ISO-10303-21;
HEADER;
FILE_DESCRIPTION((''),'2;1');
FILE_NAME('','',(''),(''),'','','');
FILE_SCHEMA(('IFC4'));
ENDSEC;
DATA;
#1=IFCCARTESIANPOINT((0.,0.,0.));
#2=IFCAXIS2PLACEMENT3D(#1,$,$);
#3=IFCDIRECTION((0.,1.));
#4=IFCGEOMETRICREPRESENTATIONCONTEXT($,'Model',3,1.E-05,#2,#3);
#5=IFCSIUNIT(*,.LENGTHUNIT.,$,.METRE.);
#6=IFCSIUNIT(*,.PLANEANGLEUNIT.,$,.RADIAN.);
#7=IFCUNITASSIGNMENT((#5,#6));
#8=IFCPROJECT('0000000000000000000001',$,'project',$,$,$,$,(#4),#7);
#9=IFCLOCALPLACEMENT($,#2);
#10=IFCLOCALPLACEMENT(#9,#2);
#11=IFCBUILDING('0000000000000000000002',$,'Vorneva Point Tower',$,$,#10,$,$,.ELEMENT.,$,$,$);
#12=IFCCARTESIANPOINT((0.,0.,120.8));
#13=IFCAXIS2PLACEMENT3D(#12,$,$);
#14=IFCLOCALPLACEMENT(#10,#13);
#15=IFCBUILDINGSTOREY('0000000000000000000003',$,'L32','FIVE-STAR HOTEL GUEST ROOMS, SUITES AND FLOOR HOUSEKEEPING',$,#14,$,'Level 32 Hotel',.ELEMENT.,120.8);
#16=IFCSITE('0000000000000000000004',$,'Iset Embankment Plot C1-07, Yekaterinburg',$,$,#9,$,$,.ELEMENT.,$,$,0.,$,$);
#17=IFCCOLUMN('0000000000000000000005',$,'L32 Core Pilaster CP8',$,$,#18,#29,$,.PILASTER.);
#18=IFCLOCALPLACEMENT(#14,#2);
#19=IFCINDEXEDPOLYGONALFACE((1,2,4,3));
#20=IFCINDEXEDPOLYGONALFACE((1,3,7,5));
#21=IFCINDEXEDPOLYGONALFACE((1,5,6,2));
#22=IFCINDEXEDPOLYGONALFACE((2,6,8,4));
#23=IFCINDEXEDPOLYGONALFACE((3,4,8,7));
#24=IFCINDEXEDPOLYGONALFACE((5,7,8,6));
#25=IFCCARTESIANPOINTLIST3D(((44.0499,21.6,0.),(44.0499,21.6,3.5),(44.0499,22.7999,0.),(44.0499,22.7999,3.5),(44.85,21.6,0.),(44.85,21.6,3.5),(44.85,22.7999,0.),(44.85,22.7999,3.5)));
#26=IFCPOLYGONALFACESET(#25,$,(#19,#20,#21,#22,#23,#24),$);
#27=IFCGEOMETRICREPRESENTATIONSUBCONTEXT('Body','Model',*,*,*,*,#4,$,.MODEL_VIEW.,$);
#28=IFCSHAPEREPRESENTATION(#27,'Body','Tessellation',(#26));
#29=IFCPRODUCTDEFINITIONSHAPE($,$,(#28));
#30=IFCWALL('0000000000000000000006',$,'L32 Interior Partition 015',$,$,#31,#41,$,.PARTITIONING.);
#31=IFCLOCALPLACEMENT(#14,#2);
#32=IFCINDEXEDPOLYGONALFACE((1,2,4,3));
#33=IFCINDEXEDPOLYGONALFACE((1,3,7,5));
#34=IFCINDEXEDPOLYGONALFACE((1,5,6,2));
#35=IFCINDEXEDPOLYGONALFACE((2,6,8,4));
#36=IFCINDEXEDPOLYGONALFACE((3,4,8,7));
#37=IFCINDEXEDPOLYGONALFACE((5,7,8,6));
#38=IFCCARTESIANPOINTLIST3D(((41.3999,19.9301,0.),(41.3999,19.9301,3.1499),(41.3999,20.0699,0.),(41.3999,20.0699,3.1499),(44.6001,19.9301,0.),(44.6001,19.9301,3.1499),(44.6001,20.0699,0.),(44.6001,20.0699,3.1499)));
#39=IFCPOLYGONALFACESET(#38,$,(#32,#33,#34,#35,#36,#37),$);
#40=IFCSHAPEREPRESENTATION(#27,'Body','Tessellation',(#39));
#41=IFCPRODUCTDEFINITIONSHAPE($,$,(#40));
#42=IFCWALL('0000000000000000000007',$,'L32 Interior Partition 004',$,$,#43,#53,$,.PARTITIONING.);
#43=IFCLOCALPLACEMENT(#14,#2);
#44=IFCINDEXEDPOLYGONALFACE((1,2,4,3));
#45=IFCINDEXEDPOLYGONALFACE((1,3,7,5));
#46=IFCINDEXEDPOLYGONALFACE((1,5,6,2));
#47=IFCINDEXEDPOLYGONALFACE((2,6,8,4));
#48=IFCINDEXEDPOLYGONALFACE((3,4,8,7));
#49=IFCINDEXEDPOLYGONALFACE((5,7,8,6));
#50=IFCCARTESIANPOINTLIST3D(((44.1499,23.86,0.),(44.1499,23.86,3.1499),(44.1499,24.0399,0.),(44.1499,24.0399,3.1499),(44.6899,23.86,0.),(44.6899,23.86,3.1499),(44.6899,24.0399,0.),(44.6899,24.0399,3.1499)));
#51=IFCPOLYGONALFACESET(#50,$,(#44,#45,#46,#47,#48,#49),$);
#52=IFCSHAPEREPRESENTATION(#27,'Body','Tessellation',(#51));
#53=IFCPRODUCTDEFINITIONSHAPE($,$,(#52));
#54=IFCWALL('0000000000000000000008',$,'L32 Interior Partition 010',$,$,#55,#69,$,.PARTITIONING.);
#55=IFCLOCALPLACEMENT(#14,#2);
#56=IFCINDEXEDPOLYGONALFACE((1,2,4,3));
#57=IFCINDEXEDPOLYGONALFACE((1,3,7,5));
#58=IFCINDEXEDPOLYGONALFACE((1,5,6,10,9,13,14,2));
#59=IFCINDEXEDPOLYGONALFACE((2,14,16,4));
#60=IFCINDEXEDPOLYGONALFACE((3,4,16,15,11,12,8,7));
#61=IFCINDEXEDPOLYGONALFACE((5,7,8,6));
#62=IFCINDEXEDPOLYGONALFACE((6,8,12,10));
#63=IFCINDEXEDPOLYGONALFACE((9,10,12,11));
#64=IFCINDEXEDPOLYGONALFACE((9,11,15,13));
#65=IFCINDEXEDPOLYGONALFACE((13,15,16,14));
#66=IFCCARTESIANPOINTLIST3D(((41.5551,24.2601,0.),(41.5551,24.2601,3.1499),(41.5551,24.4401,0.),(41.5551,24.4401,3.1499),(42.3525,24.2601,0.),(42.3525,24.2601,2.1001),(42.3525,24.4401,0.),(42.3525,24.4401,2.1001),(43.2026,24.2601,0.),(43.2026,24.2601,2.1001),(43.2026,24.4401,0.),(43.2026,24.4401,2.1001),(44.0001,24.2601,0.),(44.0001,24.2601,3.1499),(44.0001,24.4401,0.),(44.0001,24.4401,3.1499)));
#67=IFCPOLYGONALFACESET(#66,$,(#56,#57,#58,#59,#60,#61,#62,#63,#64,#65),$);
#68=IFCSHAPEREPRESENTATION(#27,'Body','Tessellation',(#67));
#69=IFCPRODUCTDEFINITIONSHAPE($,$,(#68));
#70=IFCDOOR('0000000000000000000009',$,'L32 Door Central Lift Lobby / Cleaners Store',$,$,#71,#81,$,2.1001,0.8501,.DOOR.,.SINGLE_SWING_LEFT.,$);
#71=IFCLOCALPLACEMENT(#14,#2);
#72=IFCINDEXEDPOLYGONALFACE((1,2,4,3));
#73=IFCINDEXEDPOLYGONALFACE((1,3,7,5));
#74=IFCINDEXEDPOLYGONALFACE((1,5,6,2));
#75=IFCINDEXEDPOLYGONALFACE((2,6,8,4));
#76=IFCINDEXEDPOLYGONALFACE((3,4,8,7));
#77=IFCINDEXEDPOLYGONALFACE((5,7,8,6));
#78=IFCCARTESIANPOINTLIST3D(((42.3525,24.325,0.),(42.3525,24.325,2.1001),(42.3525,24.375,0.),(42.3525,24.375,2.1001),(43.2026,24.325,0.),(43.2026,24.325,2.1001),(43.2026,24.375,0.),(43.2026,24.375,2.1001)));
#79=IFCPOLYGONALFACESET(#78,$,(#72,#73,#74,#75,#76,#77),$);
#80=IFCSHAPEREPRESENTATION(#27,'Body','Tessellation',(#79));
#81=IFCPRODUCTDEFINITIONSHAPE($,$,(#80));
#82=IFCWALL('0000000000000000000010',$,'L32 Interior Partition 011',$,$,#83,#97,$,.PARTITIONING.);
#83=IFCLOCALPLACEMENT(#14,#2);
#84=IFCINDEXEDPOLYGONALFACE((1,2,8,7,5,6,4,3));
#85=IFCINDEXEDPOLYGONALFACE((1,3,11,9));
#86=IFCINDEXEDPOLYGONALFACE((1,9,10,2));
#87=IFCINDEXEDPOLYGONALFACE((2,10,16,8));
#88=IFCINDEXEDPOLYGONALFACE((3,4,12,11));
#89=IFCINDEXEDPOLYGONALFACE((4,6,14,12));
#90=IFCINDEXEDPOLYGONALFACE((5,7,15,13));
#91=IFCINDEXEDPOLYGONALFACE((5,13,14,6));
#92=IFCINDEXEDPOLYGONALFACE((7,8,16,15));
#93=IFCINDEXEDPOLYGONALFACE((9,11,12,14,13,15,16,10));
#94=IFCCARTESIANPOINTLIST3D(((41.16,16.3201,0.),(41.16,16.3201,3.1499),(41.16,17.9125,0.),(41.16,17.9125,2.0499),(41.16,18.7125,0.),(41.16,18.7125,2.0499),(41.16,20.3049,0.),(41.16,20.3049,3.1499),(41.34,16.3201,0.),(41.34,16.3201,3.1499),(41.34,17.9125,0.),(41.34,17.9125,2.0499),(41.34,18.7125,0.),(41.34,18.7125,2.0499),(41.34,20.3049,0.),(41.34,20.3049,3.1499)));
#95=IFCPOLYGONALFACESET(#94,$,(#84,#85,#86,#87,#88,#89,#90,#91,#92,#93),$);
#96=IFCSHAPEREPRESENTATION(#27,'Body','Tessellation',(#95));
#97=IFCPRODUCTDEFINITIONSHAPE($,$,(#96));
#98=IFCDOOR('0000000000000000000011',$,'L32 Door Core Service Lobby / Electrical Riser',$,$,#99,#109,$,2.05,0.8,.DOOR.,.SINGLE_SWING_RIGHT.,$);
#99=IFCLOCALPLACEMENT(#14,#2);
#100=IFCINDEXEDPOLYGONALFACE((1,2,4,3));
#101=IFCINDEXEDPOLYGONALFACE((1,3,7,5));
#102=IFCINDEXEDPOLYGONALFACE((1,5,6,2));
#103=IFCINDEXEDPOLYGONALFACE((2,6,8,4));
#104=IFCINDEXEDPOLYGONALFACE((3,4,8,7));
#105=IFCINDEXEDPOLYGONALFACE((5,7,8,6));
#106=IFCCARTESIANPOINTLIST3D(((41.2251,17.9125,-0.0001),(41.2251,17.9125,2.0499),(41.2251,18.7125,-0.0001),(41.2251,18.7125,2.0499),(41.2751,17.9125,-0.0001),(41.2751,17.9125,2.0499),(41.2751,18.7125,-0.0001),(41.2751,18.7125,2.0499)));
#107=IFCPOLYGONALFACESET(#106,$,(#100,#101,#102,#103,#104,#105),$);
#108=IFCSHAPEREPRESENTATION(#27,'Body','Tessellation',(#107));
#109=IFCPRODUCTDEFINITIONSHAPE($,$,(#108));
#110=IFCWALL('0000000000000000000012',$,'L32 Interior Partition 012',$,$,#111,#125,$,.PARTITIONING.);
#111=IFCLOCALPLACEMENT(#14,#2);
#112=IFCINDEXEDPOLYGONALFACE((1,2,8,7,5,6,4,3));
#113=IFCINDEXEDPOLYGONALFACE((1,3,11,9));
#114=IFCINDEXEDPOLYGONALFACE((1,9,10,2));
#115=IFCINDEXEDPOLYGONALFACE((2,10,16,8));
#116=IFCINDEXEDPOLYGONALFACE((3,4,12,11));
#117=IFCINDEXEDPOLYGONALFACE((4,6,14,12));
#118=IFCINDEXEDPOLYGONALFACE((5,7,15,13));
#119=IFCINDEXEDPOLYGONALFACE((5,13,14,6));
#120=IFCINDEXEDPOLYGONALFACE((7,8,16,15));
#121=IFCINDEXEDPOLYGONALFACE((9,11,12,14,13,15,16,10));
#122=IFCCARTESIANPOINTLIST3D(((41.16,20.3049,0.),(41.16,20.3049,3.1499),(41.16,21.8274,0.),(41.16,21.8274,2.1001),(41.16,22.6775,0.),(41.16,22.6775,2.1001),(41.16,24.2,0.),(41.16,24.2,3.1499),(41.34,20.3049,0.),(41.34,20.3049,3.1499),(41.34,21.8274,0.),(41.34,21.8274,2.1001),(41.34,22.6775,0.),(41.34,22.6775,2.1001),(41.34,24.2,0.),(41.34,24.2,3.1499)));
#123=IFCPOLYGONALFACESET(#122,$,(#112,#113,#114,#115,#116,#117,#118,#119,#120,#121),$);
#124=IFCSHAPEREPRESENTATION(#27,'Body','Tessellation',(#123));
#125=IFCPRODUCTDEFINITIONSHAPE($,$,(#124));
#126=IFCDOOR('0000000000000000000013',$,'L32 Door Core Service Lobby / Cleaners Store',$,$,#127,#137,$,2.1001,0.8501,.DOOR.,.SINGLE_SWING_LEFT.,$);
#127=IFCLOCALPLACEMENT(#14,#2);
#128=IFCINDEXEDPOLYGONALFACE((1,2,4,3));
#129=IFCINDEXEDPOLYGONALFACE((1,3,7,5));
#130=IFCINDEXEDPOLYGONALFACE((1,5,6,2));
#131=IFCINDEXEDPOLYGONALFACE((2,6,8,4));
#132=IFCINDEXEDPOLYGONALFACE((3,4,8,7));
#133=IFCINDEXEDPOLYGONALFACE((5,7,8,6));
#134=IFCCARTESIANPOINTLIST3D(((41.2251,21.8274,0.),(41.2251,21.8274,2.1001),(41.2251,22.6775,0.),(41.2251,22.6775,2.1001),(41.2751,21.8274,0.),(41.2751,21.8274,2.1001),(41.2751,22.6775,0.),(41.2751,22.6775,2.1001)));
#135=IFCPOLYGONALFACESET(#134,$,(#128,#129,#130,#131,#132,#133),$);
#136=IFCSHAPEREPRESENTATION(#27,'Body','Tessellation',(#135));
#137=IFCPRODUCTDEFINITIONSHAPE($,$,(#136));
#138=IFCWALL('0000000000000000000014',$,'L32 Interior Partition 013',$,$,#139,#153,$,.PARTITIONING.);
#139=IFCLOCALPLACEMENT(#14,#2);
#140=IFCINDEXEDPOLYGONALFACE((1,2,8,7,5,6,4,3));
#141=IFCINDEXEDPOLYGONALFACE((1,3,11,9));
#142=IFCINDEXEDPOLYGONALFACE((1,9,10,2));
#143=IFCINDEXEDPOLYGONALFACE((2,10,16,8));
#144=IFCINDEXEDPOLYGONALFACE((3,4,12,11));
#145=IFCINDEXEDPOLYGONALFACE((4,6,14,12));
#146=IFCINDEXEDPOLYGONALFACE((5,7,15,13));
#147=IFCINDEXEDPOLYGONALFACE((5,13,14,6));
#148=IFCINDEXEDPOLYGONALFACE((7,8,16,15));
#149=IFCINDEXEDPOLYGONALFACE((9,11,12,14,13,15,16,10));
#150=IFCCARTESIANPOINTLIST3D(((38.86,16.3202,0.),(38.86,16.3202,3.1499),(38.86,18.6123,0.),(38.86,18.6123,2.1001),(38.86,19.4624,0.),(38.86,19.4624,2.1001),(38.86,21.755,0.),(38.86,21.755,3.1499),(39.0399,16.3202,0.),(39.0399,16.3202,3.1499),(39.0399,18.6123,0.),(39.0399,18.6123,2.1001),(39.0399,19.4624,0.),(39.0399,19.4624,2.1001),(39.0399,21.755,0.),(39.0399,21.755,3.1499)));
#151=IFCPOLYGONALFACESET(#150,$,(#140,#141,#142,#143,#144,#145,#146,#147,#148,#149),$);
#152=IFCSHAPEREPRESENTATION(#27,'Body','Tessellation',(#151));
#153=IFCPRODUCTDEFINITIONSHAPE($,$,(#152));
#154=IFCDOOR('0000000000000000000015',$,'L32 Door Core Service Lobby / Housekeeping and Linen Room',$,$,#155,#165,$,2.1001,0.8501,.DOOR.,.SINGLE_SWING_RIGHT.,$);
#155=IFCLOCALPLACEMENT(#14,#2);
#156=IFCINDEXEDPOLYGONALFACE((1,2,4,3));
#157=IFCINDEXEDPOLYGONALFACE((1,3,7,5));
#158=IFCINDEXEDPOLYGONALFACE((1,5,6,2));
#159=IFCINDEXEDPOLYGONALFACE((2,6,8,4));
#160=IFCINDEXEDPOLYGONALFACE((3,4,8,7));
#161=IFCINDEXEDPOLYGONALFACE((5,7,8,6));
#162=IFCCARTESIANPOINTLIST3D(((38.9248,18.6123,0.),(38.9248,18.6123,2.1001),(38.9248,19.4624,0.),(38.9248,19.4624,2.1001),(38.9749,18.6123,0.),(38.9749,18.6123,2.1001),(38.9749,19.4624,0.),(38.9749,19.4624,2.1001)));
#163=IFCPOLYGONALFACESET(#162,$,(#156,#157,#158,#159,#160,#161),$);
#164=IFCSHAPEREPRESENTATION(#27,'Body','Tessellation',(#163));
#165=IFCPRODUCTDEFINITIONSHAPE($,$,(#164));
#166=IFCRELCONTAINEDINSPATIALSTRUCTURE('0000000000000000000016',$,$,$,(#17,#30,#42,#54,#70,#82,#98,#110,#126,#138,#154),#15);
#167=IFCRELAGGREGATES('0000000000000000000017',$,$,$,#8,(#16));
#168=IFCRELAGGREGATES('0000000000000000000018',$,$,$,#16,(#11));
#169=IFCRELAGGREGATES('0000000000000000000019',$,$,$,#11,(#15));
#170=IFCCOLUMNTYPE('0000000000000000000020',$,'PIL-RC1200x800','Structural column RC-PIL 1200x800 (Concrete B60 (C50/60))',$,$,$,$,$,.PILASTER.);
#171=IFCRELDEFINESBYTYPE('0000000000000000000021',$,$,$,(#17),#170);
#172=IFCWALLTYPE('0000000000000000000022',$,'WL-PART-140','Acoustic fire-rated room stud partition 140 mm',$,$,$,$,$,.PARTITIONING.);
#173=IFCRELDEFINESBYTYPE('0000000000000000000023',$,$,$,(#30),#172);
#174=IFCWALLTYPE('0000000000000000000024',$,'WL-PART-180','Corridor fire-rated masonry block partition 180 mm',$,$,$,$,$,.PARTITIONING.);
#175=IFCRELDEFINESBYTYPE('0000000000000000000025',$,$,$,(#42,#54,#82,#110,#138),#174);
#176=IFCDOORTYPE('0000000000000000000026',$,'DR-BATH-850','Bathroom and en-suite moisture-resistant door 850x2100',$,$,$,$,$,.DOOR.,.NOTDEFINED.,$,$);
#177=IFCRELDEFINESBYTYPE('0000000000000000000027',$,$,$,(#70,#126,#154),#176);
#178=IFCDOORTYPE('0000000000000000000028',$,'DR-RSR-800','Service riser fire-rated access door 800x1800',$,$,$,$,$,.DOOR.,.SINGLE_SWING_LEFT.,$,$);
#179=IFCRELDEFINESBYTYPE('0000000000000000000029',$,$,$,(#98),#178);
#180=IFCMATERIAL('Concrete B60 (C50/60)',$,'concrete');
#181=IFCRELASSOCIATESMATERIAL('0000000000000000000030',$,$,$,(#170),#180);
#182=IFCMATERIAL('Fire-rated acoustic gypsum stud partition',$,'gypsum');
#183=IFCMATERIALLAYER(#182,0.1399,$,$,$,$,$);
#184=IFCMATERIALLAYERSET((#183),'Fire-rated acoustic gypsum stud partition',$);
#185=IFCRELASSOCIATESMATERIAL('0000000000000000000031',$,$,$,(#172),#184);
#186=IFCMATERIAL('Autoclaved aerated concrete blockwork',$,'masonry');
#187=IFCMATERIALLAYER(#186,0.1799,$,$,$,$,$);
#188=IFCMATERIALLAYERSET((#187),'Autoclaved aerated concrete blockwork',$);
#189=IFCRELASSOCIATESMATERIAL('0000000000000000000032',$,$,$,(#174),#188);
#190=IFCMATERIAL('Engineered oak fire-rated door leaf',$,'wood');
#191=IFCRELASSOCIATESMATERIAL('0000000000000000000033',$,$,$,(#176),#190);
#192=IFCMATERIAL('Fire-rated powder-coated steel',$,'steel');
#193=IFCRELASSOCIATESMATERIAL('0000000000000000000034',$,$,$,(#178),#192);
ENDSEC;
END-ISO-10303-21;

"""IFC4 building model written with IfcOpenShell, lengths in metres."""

from ifc_helpers import new_model, si_unit, direction, frame, frame_2d, origin, origin_2d, place, context, subcontext, project, spatial, rectangle, extrude, material, layer, layer_set, material_profile, profile_set, type_object, element, fill, save


model = new_model("IFC4")

# Units and contexts
model_context = context("Model", 3, precision=1e-05, world=origin(), true_north=direction((0.0, 1.0)))
body_context = subcontext(model_context, "Body", "Model", "MODEL_VIEW")
ifc_project = project(units=[si_unit("LENGTHUNIT", "METRE"), si_unit("PLANEANGLEUNIT", "RADIAN")], contexts=[model_context])

# Site, building, storey
site_placement = place(None, origin())
site = spatial("IfcSite", under=ifc_project, at=site_placement, Name="Iset Embankment Plot C1-07, Yekaterinburg", CompositionType="ELEMENT", RefElevation=0.0)
building_placement = place(site_placement, origin())
building = spatial("IfcBuilding", under=site, at=building_placement, Name="Vorneva Point Tower", CompositionType="ELEMENT")
storey_placement = place(building_placement, frame((0.0, 0.0, 120.8)))
storey = spatial("IfcBuildingStorey", under=building, at=storey_placement, Name="L32", Description="FIVE-STAR HOTEL GUEST ROOMS, SUITES AND FLOOR HOUSEKEEPING", LongName="Level 32 Hotel", CompositionType="ELEMENT", Elevation=120.8)

# Column
ifc_material_1 = material(Name="Concrete B60 (C50/60)", Category="concrete")
ifc_material_profile = material_profile(ifc_material_1, rectangle(XDim=0.8, YDim=1.2, at=origin_2d()), Name="RC-PIL 1200x800")
ifc_profile_set = profile_set([ifc_material_profile], Name="Concrete B60 (C50/60)")
column_type = type_object("IfcColumnType", Name="PIL-RC1200x800", Description="Structural column RC-PIL 1200x800 (Concrete B60 (C50/60))", PredefinedType="PILASTER", material=ifc_profile_set)
column_placement = place(storey_placement, frame((44.45, 22.2, 0.0), z_axis=(0.0, 0.0, 1.0), x_axis=(1.0, 0.0, 0.0)))
element("IfcColumn", 1, at=column_placement, inside=storey, type_object=column_type, Name="L32 Core Pilaster CP8", PredefinedType="PILASTER", context=body_context, shape_type="SweptSolid", body=[
    extrude(rectangle(XDim=0.8, YDim=1.2, at=origin_2d()), origin(), (0.0, 0.0, 1.0), 3.5),
])

# Walls
ifc_material_2 = material(Name="Fire-rated acoustic gypsum stud partition", Category="gypsum")
ifc_layer_1 = layer(ifc_material_2, 0.1399)
ifc_layer_set_1 = layer_set([ifc_layer_1], Name="Fire-rated acoustic gypsum stud partition")
wall_type_1 = type_object("IfcWallType", Name="WL-PART-140", Description="Acoustic fire-rated room stud partition 140 mm", PredefinedType="PARTITIONING", material=ifc_layer_set_1)
wall_1_placement = place(storey_placement, frame((44.6001, 20.0, 0.0), z_axis=(0.0, 0.0, 1.0), x_axis=(-1.0, 0.0, 0.0)))
element("IfcWall", 2, at=wall_1_placement, inside=storey, type_object=wall_type_1, Name="L32 Interior Partition 015", PredefinedType="PARTITIONING", context=body_context, shape_type="SweptSolid", body=[
    extrude(rectangle(XDim=3.2002, YDim=0.1399, at=frame_2d((1.6001, 0.0))), origin(), (0.0, 0.0, 1.0), 3.1499),
])
ifc_material_3 = material(Name="Autoclaved aerated concrete blockwork", Category="masonry")
ifc_layer_2 = layer(ifc_material_3, 0.1799)
ifc_layer_set_2 = layer_set([ifc_layer_2], Name="Autoclaved aerated concrete blockwork")
wall_type_2 = type_object("IfcWallType", Name="WL-PART-180", Description="Corridor fire-rated masonry block partition 180 mm", PredefinedType="PARTITIONING", material=ifc_layer_set_2)
wall_2_placement = place(storey_placement, frame((44.1499, 23.95, 0.0), z_axis=(0.0, 0.0, 1.0), x_axis=(1.0, 0.0, 0.0)))
element("IfcWall", 3, at=wall_2_placement, inside=storey, type_object=wall_type_2, Name="L32 Interior Partition 004", PredefinedType="PARTITIONING", context=body_context, shape_type="SweptSolid", body=[
    extrude(rectangle(XDim=0.54, YDim=0.1799, at=frame_2d((0.27, 0.0))), origin(), (0.0, 0.0, 1.0), 3.1499),
])

# Walls, openings, doors
ifc_material_4 = material(Name="Fire-rated powder-coated steel", Category="steel")
wall_3_placement = place(storey_placement, frame((41.5549, 24.3501, 0.0), z_axis=(0.0, 0.0, 1.0), x_axis=(1.0, 0.0, 0.0)))
wall_3 = element("IfcWall", 4, at=wall_3_placement, inside=storey, type_object=wall_type_2, Name="L32 Interior Partition 010", PredefinedType="PARTITIONING", context=body_context, shape_type="SweptSolid", body=[
    extrude(rectangle(XDim=2.4451, YDim=0.1799, at=frame_2d((1.2227, 0.0))), origin(), (0.0, 0.0, 1.0), 3.1499),
])
opening_1_placement = place(wall_3_placement, frame((0.7976, 0.0, 0.0)))
opening_1 = element("IfcOpeningElement", 5, at=opening_1_placement, cuts=wall_3, PredefinedType="OPENING", context=body_context, shape_type="SweptSolid", body=[
    extrude(rectangle(XDim=0.8501, YDim=2.1001, at=frame_2d((0.425, 1.05))), frame((0.0, 0.105, 0.0), z_axis=(0.0, -1.0, 0.0), x_axis=(1.0, 0.0, 0.0)), (0.0, 0.0, 1.0), 0.2097),
])
ifc_material_5 = material(Name="Engineered oak fire-rated door leaf", Category="wood")
door_type_1 = type_object("IfcDoorType", Name="DR-BATH-850", Description="Bathroom and en-suite moisture-resistant door 850x2100", OperationType="NOTDEFINED", PredefinedType="DOOR", material=ifc_material_5)
door_1_placement = place(opening_1_placement, origin())
door_1 = element("IfcDoor", 6, at=door_1_placement, inside=storey, type_object=door_type_1, Name="L32 Door Central Lift Lobby / Cleaners Store", OperationType="SINGLE_SWING_LEFT", OverallHeight=2.1001, OverallWidth=0.8501, PredefinedType="DOOR", context=body_context, shape_type="SweptSolid", body=[
    extrude(rectangle(XDim=0.8501, YDim=2.1001, at=frame_2d((0.425, 1.05))), frame((0.0, 0.0249, 0.0), z_axis=(0.0, -1.0, 0.0), x_axis=(1.0, 0.0, 0.0)), (0.0, 0.0, 1.0), 0.05),
])
fill(opening_1, door_1)
wall_4_placement = place(storey_placement, frame((41.25, 16.3201, 0.0), z_axis=(0.0, 0.0, 1.0), x_axis=(0.0, 1.0, 0.0)))
wall_4 = element("IfcWall", 7, at=wall_4_placement, inside=storey, type_object=wall_type_2, Name="L32 Interior Partition 011", PredefinedType="PARTITIONING", context=body_context, shape_type="SweptSolid", body=[
    extrude(rectangle(XDim=3.9849, YDim=0.1799, at=frame_2d((1.9924, 0.0))), origin(), (0.0, 0.0, 1.0), 3.1499),
])
opening_2_placement = place(wall_4_placement, frame((1.5925, 0.0, 0.0)))
opening_2 = element("IfcOpeningElement", 8, at=opening_2_placement, cuts=wall_4, PredefinedType="OPENING", context=body_context, shape_type="SweptSolid", body=[
    extrude(rectangle(XDim=0.8, YDim=2.05, at=frame_2d((0.3999, 1.0249))), frame((0.0, 0.105, 0.0), z_axis=(0.0, -1.0, 0.0), x_axis=(1.0, 0.0, 0.0)), (0.0, 0.0, 1.0), 0.2097),
])
door_type_2 = type_object("IfcDoorType", Name="DR-RSR-800", Description="Service riser fire-rated access door 800x1800", OperationType="SINGLE_SWING_LEFT", PredefinedType="DOOR", material=ifc_material_4)
door_2_placement = place(opening_2_placement, origin())
door_2 = element("IfcDoor", 9, at=door_2_placement, inside=storey, type_object=door_type_2, Name="L32 Door Core Service Lobby / Electrical Riser", OperationType="SINGLE_SWING_RIGHT", OverallHeight=2.05, OverallWidth=0.8, PredefinedType="DOOR", context=body_context, shape_type="SweptSolid", body=[
    extrude(rectangle(XDim=0.8, YDim=2.05, at=frame_2d((0.3999, 1.0249))), frame((0.0, 0.0249, 0.0), z_axis=(0.0, -1.0, 0.0), x_axis=(1.0, 0.0, 0.0)), (0.0, 0.0, 1.0), 0.05),
])
fill(opening_2, door_2)
wall_5_placement = place(storey_placement, frame((41.25, 20.3049, 0.0), z_axis=(0.0, 0.0, 1.0), x_axis=(0.0, 1.0, 0.0)))
wall_5 = element("IfcWall", 10, at=wall_5_placement, inside=storey, type_object=wall_type_2, Name="L32 Interior Partition 012", PredefinedType="PARTITIONING", context=body_context, shape_type="SweptSolid", body=[
    extrude(rectangle(XDim=3.895, YDim=0.1799, at=frame_2d((1.9475, 0.0))), origin(), (0.0, 0.0, 1.0), 3.1499),
])
opening_3_placement = place(wall_5_placement, frame((1.5225, 0.0, 0.0)))
opening_3 = element("IfcOpeningElement", 11, at=opening_3_placement, cuts=wall_5, PredefinedType="OPENING", context=body_context, shape_type="SweptSolid", body=[
    extrude(rectangle(XDim=0.8501, YDim=2.1001, at=frame_2d((0.425, 1.05))), frame((0.0, 0.105, 0.0), z_axis=(0.0, -1.0, 0.0), x_axis=(1.0, 0.0, 0.0)), (0.0, 0.0, 1.0), 0.2097),
])
door_3_placement = place(opening_3_placement, origin())
door_3 = element("IfcDoor", 12, at=door_3_placement, inside=storey, type_object=door_type_1, Name="L32 Door Core Service Lobby / Cleaners Store", OperationType="SINGLE_SWING_LEFT", OverallHeight=2.1001, OverallWidth=0.8501, PredefinedType="DOOR", context=body_context, shape_type="SweptSolid", body=[
    extrude(rectangle(XDim=0.8501, YDim=2.1001, at=frame_2d((0.425, 1.05))), frame((0.0, 0.0249, 0.0), z_axis=(0.0, -1.0, 0.0), x_axis=(1.0, 0.0, 0.0)), (0.0, 0.0, 1.0), 0.05),
])
fill(opening_3, door_3)
wall_6_placement = place(storey_placement, frame((38.95, 21.7549, 0.0), z_axis=(0.0, 0.0, 1.0), x_axis=(0.0, -1.0, 0.0)))
wall_6 = element("IfcWall", 13, at=wall_6_placement, inside=storey, type_object=wall_type_2, Name="L32 Interior Partition 013", PredefinedType="PARTITIONING", context=body_context, shape_type="SweptSolid", body=[
    extrude(rectangle(XDim=5.4348, YDim=0.1799, at=frame_2d((2.7173, 0.0))), origin(), (0.0, 0.0, 1.0), 3.1499),
])
opening_4_placement = place(wall_6_placement, frame((2.2925, 0.0, 0.0)))
opening_4 = element("IfcOpeningElement", 14, at=opening_4_placement, cuts=wall_6, PredefinedType="OPENING", context=body_context, shape_type="SweptSolid", body=[
    extrude(rectangle(XDim=0.8501, YDim=2.1001, at=frame_2d((0.425, 1.05))), frame((0.0, 0.105, 0.0), z_axis=(0.0, -1.0, 0.0), x_axis=(1.0, 0.0, 0.0)), (0.0, 0.0, 1.0), 0.2097),
])
door_4_placement = place(opening_4_placement, origin())
door_4 = element("IfcDoor", 15, at=door_4_placement, inside=storey, type_object=door_type_1, Name="L32 Door Core Service Lobby / Housekeeping and Linen Room", OperationType="SINGLE_SWING_RIGHT", OverallHeight=2.1001, OverallWidth=0.8501, PredefinedType="DOOR", context=body_context, shape_type="SweptSolid", body=[
    extrude(rectangle(XDim=0.8501, YDim=2.1001, at=frame_2d((0.425, 1.05))), frame((0.0, 0.0249, 0.0), z_axis=(0.0, -1.0, 0.0), x_axis=(1.0, 0.0, 0.0)), (0.0, 0.0, 1.0), 0.05),
])
fill(opening_4, door_4)

save(model, "model.ifc")
